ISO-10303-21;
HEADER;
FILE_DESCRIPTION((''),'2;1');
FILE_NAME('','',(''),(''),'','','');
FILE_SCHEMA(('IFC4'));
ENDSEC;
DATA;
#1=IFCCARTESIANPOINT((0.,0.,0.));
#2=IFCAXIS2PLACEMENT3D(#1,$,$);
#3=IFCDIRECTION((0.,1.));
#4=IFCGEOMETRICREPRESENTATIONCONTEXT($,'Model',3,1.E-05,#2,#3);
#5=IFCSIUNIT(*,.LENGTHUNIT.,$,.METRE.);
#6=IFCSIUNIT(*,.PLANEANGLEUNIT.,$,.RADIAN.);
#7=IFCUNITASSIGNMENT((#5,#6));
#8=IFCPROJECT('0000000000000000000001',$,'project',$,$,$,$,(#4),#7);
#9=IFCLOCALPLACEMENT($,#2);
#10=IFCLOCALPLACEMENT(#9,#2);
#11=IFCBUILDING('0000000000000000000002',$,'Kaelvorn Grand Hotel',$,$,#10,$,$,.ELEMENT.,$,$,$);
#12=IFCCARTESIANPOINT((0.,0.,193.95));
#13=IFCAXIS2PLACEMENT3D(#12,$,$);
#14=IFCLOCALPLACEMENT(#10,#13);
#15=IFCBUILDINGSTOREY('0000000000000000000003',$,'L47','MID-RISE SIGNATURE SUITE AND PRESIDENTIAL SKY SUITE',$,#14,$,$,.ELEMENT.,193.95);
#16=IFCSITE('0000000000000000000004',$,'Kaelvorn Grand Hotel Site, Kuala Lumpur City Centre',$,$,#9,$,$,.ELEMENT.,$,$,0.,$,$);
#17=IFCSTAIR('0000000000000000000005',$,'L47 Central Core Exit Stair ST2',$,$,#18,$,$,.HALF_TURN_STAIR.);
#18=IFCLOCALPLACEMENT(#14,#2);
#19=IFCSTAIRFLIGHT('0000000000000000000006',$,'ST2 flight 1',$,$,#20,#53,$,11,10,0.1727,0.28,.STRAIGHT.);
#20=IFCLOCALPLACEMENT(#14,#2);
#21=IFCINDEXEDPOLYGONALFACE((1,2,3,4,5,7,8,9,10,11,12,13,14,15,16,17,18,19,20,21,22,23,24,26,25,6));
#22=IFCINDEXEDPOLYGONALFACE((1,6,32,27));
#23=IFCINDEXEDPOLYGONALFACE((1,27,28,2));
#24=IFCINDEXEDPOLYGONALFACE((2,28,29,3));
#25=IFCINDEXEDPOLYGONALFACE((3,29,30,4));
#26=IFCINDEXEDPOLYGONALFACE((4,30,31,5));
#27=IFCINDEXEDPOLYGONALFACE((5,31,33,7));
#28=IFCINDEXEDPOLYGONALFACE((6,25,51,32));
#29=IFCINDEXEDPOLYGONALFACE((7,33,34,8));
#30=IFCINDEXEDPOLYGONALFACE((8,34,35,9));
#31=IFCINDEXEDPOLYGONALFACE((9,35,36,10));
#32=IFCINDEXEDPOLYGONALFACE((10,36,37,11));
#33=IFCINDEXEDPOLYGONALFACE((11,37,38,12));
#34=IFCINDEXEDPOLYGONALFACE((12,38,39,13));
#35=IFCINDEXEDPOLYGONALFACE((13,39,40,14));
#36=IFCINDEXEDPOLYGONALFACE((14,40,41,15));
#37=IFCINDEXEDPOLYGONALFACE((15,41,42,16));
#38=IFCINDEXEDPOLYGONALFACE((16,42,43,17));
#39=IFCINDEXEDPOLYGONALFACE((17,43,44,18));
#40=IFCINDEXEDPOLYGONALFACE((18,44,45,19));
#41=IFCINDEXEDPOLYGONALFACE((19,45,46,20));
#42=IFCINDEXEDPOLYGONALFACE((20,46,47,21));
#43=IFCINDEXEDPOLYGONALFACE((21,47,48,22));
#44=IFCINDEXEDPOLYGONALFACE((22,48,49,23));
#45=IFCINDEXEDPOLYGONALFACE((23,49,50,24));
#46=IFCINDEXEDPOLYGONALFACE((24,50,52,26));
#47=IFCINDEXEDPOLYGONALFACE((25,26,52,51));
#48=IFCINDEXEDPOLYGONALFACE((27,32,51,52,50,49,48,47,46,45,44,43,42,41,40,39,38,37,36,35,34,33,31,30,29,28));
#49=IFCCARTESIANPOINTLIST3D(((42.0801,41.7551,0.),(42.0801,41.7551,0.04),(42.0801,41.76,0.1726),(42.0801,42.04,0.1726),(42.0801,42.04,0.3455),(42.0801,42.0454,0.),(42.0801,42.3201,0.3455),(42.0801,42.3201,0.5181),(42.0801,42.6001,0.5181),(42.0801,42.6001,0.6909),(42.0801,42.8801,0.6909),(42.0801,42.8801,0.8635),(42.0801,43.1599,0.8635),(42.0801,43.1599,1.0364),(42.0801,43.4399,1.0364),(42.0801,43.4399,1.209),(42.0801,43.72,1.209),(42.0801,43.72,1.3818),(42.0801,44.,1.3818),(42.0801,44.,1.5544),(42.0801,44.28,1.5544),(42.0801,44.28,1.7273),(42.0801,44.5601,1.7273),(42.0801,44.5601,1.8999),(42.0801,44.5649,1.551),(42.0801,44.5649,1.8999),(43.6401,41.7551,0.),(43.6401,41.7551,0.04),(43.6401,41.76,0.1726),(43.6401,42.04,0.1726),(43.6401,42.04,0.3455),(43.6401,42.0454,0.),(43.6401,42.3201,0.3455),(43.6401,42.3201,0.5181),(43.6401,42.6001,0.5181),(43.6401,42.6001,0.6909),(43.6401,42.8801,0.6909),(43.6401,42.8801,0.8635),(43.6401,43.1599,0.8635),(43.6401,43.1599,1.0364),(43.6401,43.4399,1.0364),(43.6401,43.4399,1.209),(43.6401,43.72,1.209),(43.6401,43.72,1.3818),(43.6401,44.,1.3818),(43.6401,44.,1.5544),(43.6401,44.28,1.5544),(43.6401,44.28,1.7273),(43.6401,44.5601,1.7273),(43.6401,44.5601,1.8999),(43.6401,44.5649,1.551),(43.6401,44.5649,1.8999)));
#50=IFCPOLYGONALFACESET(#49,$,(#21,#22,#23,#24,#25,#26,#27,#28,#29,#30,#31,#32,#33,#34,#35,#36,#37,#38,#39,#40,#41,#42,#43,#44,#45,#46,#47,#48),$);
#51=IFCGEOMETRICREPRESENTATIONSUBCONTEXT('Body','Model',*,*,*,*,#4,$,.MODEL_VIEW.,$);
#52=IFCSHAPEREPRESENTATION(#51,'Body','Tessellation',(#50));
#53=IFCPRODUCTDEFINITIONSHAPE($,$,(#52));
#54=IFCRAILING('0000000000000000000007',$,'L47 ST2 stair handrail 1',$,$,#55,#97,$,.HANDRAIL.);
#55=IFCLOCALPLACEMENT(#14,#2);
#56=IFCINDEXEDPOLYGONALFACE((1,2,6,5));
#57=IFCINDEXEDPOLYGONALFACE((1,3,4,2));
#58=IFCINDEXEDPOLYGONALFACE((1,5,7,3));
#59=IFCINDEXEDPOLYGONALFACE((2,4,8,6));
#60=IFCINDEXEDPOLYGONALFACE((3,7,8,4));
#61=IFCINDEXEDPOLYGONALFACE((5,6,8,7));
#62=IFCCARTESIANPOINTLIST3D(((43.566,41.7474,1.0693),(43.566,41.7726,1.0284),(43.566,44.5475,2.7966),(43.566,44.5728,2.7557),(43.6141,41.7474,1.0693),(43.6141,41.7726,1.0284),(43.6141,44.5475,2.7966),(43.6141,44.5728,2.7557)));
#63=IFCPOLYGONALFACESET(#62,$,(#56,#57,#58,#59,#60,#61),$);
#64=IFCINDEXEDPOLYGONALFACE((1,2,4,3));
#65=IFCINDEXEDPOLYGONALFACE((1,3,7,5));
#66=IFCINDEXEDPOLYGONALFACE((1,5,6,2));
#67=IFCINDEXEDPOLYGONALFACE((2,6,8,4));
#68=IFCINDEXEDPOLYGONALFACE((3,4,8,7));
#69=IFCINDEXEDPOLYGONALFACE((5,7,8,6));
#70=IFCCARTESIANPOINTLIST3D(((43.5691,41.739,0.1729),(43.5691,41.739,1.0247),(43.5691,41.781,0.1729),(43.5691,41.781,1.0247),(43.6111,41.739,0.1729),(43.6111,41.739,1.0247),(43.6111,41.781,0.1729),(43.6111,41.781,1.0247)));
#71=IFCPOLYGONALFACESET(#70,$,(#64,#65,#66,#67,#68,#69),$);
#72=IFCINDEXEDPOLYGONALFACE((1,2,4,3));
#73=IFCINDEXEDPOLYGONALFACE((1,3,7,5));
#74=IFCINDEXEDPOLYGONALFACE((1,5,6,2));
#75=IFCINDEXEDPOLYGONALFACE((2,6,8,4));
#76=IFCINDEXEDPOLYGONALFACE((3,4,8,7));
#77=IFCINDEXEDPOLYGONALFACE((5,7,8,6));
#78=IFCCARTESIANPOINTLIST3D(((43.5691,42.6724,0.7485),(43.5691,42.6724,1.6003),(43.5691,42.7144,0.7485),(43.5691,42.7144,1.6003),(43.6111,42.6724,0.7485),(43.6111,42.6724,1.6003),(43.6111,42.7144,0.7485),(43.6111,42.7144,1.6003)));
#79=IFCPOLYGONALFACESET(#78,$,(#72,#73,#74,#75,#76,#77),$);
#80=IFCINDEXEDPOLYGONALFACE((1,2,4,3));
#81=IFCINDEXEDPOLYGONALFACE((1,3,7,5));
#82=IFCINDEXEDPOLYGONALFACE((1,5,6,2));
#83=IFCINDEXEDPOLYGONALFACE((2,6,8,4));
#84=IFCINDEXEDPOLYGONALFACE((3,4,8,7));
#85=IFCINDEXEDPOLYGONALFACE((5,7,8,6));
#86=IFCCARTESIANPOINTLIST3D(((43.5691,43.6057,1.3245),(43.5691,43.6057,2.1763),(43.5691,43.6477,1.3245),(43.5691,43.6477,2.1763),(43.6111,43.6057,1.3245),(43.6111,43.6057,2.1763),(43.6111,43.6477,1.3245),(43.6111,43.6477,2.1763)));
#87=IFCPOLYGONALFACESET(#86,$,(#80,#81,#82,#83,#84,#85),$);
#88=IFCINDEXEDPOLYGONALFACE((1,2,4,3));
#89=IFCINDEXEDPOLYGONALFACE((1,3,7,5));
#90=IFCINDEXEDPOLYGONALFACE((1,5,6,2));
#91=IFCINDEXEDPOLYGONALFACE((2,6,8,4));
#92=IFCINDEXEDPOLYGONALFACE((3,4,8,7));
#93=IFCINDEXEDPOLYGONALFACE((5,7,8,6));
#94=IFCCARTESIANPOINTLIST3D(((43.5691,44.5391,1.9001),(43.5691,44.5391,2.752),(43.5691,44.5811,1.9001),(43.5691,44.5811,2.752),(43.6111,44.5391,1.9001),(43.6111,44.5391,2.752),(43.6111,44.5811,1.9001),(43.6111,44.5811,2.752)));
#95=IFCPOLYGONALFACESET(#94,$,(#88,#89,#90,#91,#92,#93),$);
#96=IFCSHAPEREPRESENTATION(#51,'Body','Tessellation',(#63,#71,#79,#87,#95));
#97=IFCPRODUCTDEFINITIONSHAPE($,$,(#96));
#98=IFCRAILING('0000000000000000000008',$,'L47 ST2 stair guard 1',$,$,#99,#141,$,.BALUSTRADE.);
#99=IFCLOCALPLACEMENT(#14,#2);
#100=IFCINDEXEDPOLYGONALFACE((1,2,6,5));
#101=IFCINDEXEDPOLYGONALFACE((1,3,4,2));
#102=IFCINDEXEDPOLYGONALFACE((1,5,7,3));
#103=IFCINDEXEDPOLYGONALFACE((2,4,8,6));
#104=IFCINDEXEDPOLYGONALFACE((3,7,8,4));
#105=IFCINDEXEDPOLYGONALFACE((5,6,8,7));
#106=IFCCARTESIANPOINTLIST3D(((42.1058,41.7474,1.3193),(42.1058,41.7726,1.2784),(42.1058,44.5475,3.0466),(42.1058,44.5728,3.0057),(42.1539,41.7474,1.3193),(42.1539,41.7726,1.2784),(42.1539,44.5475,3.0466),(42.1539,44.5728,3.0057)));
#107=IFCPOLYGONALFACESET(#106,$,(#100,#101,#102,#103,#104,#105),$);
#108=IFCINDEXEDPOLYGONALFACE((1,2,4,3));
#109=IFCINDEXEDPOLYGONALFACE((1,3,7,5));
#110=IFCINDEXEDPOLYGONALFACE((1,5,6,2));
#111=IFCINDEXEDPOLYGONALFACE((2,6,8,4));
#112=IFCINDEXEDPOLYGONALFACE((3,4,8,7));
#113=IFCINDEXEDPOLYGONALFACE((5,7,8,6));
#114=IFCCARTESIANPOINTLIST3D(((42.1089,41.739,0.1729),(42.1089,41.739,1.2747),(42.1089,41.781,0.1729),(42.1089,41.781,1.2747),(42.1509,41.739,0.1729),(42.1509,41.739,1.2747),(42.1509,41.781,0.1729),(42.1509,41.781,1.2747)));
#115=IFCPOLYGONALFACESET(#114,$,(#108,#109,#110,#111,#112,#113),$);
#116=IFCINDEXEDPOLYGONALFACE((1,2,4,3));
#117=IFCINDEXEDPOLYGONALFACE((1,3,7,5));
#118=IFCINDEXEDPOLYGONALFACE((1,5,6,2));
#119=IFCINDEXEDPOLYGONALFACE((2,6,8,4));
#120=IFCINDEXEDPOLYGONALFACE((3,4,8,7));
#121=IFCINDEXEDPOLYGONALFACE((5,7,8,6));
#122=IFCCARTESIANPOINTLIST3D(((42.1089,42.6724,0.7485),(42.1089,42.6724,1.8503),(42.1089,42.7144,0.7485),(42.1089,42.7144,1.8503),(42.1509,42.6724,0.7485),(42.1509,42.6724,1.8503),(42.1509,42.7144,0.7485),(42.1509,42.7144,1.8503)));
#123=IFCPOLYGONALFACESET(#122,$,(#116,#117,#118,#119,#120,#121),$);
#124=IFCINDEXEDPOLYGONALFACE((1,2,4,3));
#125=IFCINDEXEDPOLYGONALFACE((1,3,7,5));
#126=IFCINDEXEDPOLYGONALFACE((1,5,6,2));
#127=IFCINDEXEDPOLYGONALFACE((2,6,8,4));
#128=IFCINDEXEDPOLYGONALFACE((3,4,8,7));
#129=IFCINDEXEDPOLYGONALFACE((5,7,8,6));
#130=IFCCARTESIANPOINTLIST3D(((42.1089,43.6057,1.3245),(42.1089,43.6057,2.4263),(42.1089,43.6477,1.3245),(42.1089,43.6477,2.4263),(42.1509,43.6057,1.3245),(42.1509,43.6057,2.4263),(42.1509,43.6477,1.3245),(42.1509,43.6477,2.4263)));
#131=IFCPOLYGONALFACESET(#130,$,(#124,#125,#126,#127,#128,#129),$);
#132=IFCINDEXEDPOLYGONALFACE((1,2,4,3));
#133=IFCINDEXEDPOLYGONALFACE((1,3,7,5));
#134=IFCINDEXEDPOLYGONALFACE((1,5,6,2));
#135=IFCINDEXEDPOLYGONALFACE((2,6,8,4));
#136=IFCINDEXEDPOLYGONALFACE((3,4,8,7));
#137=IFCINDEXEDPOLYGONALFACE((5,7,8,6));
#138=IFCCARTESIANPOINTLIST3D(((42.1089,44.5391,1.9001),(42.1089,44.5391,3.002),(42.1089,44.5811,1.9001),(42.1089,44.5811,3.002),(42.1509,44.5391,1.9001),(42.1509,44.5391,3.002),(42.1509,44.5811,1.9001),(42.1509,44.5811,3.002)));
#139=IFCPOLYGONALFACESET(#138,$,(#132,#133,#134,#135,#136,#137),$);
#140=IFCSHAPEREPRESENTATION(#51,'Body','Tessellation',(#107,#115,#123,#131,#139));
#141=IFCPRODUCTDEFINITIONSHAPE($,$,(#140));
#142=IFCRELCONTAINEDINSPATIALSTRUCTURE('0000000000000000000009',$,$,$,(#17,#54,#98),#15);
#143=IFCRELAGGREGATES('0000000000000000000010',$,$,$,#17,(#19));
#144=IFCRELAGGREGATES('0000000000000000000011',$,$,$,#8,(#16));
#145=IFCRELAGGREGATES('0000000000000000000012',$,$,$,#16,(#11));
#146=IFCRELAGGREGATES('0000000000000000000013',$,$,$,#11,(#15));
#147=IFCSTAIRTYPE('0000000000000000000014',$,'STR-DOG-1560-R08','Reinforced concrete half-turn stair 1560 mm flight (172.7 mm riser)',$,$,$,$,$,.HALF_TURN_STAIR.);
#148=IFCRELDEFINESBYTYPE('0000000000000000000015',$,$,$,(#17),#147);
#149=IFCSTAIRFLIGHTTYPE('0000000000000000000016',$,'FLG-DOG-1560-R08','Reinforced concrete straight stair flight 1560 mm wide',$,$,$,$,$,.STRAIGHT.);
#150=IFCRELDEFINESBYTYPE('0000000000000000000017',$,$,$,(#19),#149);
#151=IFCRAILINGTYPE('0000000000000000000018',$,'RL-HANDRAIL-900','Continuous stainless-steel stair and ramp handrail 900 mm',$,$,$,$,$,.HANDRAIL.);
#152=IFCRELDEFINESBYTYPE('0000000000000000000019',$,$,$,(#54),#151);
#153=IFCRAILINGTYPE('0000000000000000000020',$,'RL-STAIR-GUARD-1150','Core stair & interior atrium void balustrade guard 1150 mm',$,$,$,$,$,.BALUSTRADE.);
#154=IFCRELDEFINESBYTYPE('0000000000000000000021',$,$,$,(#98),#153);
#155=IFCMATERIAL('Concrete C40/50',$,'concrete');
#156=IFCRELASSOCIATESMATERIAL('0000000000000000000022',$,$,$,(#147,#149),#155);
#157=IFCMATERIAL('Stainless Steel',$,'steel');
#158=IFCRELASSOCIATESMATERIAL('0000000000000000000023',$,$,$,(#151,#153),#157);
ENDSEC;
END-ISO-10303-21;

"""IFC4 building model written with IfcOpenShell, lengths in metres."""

from ifc_helpers import new_model, si_unit, direction, frame, origin, origin_2d, place, context, subcontext, project, spatial, polyline, rectangle, outline, extrude, material, type_object, element, aggregate, save


model = new_model("IFC4")

# Units and contexts
model_context = context("Model", 3, precision=1e-05, world=origin(), true_north=direction((0.0, 1.0)))
body_context = subcontext(model_context, "Body", "Model", "MODEL_VIEW")
ifc_project = project(units=[si_unit("LENGTHUNIT", "METRE"), si_unit("PLANEANGLEUNIT", "RADIAN")], contexts=[model_context])

# Site, building, storey
site_placement = place(None, origin())
site = spatial("IfcSite", under=ifc_project, at=site_placement, Name="Kaelvorn Grand Hotel Site, Kuala Lumpur City Centre", CompositionType="ELEMENT", RefElevation=0.0)
building_placement = place(site_placement, origin())
building = spatial("IfcBuilding", under=site, at=building_placement, Name="Kaelvorn Grand Hotel", CompositionType="ELEMENT")
storey_placement = place(building_placement, frame((0.0, 0.0, 193.95)))
storey = spatial("IfcBuildingStorey", under=building, at=storey_placement, Name="L47", Description="MID-RISE SIGNATURE SUITE AND PRESIDENTIAL SKY SUITE", CompositionType="ELEMENT", Elevation=193.95)

# Shared definitions
ifc_material_1 = material(Name="Concrete C40/50", Category="concrete")

# Shared definitions
ifc_material_2 = material(Name="Stainless Steel", Category="steel")

# Stair, stair flight
stair_type = type_object("IfcStairType", Name="STR-DOG-1560-R08", Description="Reinforced concrete half-turn stair 1560 mm flight (172.7 mm riser)", PredefinedType="HALF_TURN_STAIR", material=ifc_material_1)
stair_placement = place(storey_placement, origin())
stair = element("IfcStair", 1, at=stair_placement, inside=storey, type_object=stair_type, Name="L47 Central Core Exit Stair ST2", PredefinedType="HALF_TURN_STAIR")
stair_flight_type = type_object("IfcStairFlightType", Name="FLG-DOG-1560-R08", Description="Reinforced concrete straight stair flight 1560 mm wide", PredefinedType="STRAIGHT", material=ifc_material_1)
stair_flight_placement = place(storey_placement, frame((42.8601, 41.76, 0.0), z_axis=(0.0, 0.0, 1.0), x_axis=(0.0, 1.0, 0.0)))
stair_flight = element("IfcStairFlight", 2, at=stair_flight_placement, type_object=stair_flight_type, Name="ST2 flight 1", NumberOfRisers=11, NumberOfTreads=10, PredefinedType="STRAIGHT", RiserHeight=0.1727, TreadLength=0.28, context=body_context, shape_type="SweptSolid", body=[
    extrude(outline(polyline([(-0.0049, 0.0), (-0.0049, 0.04), (0.0, 0.1726), (0.28, 0.1726), (0.28, 0.3455), (0.5601, 0.3455), (0.5601, 0.5181), (0.8401, 0.5181), (0.8401, 0.6909), (1.1201, 0.6909), (1.1201, 0.8635), (1.3999, 0.8635), (1.3999, 1.0364), (1.6799, 1.0364), (1.6799, 1.209), (1.96, 1.209), (1.96, 1.3818), (2.24, 1.3818), (2.24, 1.5544), (2.52, 1.5544), (2.52, 1.7273), (2.8, 1.7273), (2.8, 1.8999), (2.8049, 1.8999), (2.8049, 1.551), (0.2854, 0.0), (-0.0049, 0.0)])), frame((0.0, 0.78, 0.0), z_axis=(0.0, -1.0, 0.0), x_axis=(1.0, 0.0, 0.0)), (0.0, 0.0, 1.0), 1.5601),
])
aggregate(stair, [stair_flight])

# Railings
railing_type_1 = type_object("IfcRailingType", Name="RL-HANDRAIL-900", Description="Continuous stainless-steel stair and ramp handrail 900 mm", PredefinedType="HANDRAIL", material=ifc_material_2)
railing_1_placement = place(storey_placement, frame((43.5901, 41.76, 0.1729)))
element("IfcRailing", 3, at=railing_1_placement, inside=storey, type_object=railing_type_1, Name="L47 ST2 stair handrail 1", PredefinedType="HANDRAIL", context=body_context, shape_type="SweptSolid", body=[
    extrude(rectangle(XDim=0.0481, YDim=0.0481, at=origin_2d()), frame((0.0, 0.0, 0.876), z_axis=(0.0, 0.85109, 0.52502), x_axis=(-1.0, 0.0, 0.0)), (0.0, 0.0, 1.0), 3.29),
    extrude(rectangle(XDim=0.042, YDim=0.042, at=origin_2d()), origin(), (0.0, 0.0, 1.0), 0.8518),
    extrude(rectangle(XDim=0.042, YDim=0.042, at=origin_2d()), frame((0.0, 0.9333, 0.5757)), (0.0, 0.0, 1.0), 0.8518),
    extrude(rectangle(XDim=0.042, YDim=0.042, at=origin_2d()), frame((0.0, 1.8667, 1.1516)), (0.0, 0.0, 1.0), 0.8518),
    extrude(rectangle(XDim=0.042, YDim=0.042, at=origin_2d()), frame((0.0, 2.8, 1.7273)), (0.0, 0.0, 1.0), 0.8518),
])
railing_type_2 = type_object("IfcRailingType", Name="RL-STAIR-GUARD-1150", Description="Core stair & interior atrium void balustrade guard 1150 mm", PredefinedType="BALUSTRADE", material=ifc_material_2)
railing_2_placement = place(storey_placement, frame((42.1299, 41.76, 0.1729)))
element("IfcRailing", 4, at=railing_2_placement, inside=storey, type_object=railing_type_2, Name="L47 ST2 stair guard 1", PredefinedType="BALUSTRADE", context=body_context, shape_type="SweptSolid", body=[
    extrude(rectangle(XDim=0.0481, YDim=0.0481, at=origin_2d()), frame((0.0, 0.0, 1.126), z_axis=(0.0, 0.85109, 0.52502), x_axis=(-1.0, 0.0, 0.0)), (0.0, 0.0, 1.0), 3.29),
    extrude(rectangle(XDim=0.042, YDim=0.042, at=origin_2d()), origin(), (0.0, 0.0, 1.0), 1.1018),
    extrude(rectangle(XDim=0.042, YDim=0.042, at=origin_2d()), frame((0.0, 0.9333, 0.5757)), (0.0, 0.0, 1.0), 1.1018),
    extrude(rectangle(XDim=0.042, YDim=0.042, at=origin_2d()), frame((0.0, 1.8667, 1.1516)), (0.0, 0.0, 1.0), 1.1018),
    extrude(rectangle(XDim=0.042, YDim=0.042, at=origin_2d()), frame((0.0, 2.8, 1.7273)), (0.0, 0.0, 1.0), 1.1018),
])

save(model, "model.ifc")
